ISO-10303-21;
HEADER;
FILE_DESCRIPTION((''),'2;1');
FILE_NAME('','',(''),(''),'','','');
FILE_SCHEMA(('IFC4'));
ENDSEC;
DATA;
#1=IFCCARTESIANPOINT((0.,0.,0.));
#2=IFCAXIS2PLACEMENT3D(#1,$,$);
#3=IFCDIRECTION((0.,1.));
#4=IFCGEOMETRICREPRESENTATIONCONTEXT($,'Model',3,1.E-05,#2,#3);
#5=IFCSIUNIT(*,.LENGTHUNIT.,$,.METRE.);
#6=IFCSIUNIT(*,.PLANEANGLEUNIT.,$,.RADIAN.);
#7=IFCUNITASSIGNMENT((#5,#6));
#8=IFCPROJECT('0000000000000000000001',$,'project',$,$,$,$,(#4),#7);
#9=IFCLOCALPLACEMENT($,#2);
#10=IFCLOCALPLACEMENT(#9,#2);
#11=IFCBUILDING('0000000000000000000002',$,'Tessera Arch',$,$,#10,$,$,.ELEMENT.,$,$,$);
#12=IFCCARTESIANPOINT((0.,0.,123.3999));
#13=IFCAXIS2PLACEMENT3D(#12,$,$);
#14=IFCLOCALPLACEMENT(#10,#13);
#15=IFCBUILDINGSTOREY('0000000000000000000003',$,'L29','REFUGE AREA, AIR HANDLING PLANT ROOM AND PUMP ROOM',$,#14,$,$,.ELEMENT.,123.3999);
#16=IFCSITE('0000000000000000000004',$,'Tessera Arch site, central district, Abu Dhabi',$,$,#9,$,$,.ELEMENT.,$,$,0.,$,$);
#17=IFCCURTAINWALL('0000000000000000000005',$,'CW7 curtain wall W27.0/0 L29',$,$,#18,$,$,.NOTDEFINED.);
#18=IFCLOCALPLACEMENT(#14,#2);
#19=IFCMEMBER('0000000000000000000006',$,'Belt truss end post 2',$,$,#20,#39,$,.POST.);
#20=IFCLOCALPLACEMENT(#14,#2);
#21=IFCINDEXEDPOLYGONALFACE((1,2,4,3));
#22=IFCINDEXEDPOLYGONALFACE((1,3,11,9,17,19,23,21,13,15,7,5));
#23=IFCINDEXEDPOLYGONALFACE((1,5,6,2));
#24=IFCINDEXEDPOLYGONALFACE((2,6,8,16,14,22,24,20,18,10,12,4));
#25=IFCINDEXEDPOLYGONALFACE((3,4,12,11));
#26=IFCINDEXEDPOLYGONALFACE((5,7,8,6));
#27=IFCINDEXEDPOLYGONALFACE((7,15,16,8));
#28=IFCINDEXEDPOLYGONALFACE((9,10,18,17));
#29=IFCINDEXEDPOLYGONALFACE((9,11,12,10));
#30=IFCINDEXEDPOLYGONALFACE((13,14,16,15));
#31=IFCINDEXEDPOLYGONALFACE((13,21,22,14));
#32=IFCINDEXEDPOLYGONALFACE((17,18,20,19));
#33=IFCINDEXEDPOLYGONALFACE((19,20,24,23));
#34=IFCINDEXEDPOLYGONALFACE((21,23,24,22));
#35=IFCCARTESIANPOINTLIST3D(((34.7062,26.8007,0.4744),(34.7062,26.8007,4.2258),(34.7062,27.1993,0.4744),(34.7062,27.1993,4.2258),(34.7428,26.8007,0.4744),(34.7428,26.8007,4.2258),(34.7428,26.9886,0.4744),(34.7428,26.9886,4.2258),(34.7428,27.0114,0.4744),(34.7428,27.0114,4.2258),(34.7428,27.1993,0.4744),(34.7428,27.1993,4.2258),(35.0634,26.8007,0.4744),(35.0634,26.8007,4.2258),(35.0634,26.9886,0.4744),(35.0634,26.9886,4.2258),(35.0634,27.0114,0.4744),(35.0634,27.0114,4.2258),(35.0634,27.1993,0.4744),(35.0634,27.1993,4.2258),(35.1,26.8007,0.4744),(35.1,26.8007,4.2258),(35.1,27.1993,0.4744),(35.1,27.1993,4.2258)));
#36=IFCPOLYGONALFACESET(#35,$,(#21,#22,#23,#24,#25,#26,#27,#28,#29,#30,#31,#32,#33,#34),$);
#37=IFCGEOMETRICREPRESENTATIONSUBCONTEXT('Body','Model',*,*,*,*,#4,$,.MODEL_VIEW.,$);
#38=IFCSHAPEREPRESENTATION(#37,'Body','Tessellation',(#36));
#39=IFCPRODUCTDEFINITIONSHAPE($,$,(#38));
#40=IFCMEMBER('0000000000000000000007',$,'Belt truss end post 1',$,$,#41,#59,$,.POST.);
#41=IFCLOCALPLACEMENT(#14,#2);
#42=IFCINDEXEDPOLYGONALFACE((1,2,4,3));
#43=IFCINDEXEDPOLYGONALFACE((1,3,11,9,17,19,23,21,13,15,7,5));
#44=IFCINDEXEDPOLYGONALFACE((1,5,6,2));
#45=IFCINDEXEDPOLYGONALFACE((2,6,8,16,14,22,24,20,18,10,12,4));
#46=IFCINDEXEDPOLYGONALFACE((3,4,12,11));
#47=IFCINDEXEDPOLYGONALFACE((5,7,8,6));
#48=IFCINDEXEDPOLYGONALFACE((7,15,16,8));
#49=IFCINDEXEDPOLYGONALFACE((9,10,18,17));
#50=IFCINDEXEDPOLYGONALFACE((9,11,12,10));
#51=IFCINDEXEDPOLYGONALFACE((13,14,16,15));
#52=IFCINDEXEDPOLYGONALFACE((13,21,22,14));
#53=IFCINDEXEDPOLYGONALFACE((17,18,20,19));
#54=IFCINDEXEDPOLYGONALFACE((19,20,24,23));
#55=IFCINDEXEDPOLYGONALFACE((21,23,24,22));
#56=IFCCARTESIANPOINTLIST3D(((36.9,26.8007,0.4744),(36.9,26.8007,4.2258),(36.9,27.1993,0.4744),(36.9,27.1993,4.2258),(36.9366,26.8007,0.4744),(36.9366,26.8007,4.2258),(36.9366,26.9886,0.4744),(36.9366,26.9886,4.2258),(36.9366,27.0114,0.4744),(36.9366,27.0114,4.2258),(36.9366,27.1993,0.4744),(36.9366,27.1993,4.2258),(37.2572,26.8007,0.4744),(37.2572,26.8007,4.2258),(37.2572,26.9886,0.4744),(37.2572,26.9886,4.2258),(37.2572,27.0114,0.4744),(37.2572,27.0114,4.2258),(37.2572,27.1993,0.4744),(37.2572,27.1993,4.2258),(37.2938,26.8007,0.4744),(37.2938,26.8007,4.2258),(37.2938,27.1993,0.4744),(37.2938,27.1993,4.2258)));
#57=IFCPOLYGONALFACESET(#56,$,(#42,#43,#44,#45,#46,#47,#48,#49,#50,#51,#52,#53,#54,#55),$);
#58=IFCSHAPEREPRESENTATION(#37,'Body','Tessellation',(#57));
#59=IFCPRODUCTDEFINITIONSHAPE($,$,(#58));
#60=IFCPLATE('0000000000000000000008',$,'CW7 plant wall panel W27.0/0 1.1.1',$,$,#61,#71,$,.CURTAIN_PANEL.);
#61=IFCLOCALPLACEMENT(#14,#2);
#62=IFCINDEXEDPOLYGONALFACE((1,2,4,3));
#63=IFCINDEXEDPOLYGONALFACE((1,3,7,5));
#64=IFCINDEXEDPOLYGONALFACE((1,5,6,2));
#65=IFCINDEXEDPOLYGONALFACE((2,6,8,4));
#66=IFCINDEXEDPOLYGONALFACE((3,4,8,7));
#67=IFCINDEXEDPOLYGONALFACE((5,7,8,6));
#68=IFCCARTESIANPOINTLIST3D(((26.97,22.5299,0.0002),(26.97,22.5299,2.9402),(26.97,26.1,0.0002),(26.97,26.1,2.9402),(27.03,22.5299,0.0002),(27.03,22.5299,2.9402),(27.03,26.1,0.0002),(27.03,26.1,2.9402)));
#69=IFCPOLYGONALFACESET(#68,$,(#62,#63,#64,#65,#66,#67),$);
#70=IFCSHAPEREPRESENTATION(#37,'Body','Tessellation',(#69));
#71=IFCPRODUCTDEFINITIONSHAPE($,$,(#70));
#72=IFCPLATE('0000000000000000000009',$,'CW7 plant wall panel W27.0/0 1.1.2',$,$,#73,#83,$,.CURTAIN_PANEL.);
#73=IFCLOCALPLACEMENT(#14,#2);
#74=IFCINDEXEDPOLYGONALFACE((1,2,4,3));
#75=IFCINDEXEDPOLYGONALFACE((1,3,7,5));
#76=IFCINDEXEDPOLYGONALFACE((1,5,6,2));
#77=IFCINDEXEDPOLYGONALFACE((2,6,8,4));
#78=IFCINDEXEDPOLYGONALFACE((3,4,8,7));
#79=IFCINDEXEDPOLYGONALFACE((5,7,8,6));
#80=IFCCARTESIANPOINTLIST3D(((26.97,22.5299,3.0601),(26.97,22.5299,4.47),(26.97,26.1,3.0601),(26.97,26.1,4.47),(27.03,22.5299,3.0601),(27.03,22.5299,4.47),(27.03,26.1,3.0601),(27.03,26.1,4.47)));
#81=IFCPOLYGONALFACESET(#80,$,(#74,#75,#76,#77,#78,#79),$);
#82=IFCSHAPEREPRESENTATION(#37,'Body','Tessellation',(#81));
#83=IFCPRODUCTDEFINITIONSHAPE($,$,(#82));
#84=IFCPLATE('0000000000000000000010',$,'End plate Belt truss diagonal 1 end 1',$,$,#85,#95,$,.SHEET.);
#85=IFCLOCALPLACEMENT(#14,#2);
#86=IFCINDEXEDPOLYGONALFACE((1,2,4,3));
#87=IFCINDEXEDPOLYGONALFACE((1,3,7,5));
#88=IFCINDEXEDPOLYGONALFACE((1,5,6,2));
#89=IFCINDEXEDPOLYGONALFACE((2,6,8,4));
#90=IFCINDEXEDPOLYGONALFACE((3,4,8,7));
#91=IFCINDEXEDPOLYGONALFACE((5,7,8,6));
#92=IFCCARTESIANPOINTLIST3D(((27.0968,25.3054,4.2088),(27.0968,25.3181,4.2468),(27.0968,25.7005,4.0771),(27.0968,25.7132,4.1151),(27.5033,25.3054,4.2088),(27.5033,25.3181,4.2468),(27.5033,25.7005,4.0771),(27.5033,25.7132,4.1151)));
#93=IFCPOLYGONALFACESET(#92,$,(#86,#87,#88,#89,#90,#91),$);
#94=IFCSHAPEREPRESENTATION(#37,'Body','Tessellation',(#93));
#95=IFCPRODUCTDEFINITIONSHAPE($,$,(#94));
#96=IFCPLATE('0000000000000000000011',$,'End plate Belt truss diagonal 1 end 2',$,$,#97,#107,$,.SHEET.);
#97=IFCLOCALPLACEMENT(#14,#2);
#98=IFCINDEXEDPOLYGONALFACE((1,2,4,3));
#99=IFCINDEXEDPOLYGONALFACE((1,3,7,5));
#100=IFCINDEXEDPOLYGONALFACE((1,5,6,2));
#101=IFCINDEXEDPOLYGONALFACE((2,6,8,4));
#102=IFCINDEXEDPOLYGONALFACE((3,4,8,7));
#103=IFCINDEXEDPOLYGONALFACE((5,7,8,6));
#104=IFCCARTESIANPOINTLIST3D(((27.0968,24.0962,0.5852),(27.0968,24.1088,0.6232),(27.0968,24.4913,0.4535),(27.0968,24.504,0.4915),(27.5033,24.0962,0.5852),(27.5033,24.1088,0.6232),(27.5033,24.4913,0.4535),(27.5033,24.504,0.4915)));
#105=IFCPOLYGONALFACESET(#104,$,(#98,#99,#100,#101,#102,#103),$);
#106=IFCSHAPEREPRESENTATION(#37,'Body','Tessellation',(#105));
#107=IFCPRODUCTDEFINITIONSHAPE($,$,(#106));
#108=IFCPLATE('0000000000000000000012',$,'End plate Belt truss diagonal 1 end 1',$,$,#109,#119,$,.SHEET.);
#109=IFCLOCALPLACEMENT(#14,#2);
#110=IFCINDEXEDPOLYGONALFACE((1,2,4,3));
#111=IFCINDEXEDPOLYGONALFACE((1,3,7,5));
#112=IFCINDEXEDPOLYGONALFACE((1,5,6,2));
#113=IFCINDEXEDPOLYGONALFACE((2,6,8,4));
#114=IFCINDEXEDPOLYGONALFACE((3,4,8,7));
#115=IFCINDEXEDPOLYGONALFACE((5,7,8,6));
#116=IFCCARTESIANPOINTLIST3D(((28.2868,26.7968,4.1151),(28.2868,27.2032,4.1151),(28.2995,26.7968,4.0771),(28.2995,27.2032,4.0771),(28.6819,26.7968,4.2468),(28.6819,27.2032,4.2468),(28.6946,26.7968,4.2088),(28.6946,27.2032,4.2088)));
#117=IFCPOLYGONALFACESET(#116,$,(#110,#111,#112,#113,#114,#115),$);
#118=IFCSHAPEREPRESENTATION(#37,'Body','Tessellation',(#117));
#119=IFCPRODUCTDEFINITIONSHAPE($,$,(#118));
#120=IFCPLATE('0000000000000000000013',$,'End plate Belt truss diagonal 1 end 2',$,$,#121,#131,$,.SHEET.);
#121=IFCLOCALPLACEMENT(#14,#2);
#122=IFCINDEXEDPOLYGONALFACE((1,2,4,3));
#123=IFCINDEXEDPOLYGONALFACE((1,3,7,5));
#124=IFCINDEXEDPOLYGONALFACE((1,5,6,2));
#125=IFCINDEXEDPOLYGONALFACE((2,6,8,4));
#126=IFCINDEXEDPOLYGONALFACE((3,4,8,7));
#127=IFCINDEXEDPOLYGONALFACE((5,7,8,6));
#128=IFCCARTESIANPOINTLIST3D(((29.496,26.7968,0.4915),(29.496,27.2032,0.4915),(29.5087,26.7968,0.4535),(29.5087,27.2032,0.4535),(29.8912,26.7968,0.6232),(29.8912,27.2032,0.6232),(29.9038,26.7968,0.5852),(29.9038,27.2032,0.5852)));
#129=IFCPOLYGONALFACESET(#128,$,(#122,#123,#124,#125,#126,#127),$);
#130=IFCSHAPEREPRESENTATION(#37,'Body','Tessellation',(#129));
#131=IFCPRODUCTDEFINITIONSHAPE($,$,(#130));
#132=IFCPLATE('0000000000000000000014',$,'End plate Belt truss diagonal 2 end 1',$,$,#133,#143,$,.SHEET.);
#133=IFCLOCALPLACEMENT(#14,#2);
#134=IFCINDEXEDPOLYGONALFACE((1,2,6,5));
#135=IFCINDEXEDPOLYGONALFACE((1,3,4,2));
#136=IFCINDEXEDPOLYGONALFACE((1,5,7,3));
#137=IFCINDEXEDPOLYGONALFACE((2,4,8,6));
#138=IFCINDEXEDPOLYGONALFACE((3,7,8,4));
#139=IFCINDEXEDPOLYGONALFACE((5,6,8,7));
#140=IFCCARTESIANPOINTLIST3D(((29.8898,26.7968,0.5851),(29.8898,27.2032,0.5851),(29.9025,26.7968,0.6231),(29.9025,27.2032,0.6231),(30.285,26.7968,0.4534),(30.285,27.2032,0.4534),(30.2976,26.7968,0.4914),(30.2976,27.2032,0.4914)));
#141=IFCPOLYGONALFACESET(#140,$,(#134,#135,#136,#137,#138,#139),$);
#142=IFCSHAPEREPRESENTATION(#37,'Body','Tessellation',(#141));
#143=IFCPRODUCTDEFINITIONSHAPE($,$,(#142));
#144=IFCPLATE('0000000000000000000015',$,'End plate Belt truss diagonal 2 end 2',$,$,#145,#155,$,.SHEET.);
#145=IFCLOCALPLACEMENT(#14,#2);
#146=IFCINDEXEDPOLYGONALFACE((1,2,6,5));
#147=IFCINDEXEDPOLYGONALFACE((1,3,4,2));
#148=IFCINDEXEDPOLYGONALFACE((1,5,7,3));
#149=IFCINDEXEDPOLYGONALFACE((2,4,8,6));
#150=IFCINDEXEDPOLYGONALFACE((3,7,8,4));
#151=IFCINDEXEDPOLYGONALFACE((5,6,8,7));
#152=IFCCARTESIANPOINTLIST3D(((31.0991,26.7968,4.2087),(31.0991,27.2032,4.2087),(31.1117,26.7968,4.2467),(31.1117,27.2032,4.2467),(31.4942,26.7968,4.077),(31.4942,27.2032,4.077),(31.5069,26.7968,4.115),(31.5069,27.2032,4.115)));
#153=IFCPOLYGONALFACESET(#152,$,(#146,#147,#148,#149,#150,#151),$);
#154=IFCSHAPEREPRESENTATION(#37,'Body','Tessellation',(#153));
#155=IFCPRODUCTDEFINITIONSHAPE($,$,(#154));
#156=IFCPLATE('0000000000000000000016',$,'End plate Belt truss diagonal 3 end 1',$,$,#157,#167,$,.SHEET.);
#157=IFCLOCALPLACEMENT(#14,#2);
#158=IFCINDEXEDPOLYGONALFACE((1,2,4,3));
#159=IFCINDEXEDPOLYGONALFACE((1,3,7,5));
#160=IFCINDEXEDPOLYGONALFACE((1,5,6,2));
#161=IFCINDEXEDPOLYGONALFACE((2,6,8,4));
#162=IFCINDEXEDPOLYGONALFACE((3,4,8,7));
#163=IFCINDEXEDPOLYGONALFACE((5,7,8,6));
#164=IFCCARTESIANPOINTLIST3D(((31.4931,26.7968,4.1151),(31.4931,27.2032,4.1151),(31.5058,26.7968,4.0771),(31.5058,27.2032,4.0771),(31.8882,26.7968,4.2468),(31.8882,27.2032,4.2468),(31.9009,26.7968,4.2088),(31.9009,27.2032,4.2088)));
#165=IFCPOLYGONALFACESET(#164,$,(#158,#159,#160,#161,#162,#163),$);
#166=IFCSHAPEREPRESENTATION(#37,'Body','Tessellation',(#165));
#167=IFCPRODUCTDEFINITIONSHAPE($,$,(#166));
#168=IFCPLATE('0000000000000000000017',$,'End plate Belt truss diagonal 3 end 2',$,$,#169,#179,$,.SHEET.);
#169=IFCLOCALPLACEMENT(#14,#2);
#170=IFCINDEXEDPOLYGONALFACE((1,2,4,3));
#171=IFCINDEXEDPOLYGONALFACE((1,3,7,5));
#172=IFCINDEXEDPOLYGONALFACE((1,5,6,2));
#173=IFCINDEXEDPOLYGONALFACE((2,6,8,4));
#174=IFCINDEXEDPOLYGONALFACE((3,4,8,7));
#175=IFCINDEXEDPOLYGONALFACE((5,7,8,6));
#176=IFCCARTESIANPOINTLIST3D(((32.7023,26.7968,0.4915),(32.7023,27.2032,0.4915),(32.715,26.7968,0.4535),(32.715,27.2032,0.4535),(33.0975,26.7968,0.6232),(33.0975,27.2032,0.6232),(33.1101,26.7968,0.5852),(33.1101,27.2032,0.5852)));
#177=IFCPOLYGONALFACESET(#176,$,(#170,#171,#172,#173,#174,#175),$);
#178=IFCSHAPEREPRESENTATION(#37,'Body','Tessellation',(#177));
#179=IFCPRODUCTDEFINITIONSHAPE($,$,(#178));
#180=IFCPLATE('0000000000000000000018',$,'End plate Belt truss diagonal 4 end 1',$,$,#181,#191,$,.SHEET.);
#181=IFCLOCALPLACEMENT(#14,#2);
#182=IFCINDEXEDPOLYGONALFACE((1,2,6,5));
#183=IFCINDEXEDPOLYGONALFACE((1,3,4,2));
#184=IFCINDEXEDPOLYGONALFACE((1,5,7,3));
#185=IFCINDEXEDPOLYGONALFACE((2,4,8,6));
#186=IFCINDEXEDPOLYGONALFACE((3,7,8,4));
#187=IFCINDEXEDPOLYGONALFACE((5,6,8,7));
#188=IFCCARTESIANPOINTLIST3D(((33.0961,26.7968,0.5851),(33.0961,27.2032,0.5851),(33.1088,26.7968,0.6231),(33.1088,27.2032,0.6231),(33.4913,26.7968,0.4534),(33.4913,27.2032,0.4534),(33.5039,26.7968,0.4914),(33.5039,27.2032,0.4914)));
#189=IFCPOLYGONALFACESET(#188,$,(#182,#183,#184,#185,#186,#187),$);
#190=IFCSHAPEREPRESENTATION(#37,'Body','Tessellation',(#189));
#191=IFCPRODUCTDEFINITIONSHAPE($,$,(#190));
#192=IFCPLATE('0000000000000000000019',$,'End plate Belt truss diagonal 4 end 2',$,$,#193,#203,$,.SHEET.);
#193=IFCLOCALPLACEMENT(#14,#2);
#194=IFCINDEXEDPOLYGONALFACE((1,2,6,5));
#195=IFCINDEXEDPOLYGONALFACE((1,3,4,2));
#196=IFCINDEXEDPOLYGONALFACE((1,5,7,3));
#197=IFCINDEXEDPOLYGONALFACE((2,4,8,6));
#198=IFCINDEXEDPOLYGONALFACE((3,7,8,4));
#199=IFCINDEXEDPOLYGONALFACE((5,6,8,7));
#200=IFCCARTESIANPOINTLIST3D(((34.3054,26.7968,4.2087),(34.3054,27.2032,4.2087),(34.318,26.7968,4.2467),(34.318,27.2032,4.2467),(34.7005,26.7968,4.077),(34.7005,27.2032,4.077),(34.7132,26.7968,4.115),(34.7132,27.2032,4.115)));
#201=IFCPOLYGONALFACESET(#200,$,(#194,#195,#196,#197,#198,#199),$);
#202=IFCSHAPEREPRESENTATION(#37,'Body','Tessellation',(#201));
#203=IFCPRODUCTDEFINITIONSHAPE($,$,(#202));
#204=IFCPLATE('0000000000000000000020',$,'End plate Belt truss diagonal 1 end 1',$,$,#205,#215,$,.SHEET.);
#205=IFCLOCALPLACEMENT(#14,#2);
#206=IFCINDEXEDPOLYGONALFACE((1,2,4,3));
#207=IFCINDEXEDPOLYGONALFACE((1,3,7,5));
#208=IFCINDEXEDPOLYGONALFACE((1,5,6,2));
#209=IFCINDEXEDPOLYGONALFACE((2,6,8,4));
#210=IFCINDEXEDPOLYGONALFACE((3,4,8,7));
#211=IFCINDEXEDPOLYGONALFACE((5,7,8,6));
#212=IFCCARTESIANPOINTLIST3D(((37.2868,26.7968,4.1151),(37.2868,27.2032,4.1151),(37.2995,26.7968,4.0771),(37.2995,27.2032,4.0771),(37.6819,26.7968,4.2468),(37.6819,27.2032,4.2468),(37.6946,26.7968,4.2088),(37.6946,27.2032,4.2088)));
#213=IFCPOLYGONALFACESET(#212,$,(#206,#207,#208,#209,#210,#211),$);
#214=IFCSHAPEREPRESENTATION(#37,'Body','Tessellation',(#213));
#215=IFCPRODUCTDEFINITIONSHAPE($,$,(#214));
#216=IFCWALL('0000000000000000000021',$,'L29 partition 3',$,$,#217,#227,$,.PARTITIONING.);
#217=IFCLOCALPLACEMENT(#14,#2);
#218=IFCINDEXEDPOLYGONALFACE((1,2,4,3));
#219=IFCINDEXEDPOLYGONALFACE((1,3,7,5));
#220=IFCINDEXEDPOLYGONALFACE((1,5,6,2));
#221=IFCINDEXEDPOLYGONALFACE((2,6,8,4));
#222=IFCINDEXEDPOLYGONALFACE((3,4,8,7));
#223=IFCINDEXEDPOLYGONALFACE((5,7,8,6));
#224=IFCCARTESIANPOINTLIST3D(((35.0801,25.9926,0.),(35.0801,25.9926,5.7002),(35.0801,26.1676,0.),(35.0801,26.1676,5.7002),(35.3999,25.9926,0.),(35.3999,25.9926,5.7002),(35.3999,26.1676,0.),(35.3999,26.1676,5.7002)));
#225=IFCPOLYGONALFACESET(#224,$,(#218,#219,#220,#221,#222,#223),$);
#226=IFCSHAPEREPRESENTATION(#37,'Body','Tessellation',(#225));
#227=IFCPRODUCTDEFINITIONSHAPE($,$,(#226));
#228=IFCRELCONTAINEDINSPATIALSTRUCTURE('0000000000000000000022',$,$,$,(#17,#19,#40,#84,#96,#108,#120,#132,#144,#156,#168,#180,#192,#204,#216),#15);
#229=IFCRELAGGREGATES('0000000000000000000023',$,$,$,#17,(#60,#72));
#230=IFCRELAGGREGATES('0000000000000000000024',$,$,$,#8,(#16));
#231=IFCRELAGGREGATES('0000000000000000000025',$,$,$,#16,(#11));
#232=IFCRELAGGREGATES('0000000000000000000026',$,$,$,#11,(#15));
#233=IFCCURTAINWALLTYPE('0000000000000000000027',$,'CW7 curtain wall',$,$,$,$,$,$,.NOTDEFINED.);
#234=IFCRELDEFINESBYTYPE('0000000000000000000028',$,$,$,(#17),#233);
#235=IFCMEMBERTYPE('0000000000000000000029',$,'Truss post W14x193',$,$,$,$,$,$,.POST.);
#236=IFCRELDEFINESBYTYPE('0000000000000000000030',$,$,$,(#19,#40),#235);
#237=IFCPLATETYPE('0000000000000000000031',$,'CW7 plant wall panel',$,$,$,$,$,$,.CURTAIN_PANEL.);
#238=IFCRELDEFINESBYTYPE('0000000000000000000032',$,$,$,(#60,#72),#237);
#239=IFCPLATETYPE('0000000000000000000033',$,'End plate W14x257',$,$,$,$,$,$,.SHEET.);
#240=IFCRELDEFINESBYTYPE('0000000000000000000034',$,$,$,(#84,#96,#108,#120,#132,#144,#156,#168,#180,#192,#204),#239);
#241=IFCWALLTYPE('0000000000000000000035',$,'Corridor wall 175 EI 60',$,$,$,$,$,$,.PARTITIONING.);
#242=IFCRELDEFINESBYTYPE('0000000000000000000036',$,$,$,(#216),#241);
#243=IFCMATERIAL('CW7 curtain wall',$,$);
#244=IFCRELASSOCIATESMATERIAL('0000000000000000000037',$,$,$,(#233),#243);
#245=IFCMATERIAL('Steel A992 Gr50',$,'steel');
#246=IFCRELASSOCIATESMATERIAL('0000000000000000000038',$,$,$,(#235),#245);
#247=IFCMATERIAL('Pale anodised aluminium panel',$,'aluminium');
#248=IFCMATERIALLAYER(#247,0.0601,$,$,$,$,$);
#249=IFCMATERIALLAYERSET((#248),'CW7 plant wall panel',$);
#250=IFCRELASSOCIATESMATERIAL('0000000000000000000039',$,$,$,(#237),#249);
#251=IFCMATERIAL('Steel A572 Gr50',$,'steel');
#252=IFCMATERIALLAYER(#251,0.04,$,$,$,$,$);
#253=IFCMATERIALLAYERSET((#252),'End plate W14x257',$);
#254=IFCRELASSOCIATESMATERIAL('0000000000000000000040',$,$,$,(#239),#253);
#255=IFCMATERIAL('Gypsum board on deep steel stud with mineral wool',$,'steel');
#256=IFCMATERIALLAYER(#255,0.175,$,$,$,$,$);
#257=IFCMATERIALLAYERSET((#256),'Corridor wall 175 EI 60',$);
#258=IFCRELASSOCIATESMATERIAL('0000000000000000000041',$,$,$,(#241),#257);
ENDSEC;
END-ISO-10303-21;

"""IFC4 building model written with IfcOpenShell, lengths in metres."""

from ifc_helpers import new_model, si_unit, direction, frame, frame_2d, origin, origin_2d, place, context, subcontext, project, spatial, rectangle, i_section, extrude, material, layer, layer_set, material_profile, profile_set, type_object, element, aggregate, save


model = new_model("IFC4")

# Units and contexts
model_context = context("Model", 3, precision=1e-05, world=origin(), true_north=direction((0.0, 1.0)))
body_context = subcontext(model_context, "Body", "Model", "MODEL_VIEW")
ifc_project = project(units=[si_unit("LENGTHUNIT", "METRE"), si_unit("PLANEANGLEUNIT", "RADIAN")], contexts=[model_context])

# Site, building, storey
site_placement = place(None, origin())
site = spatial("IfcSite", under=ifc_project, at=site_placement, Name="Tessera Arch site, central district, Abu Dhabi", CompositionType="ELEMENT", RefElevation=0.0)
building_placement = place(site_placement, origin())
building = spatial("IfcBuilding", under=site, at=building_placement, Name="Tessera Arch", CompositionType="ELEMENT")
storey_placement = place(building_placement, frame((0.0, 0.0, 123.3999)))
storey = spatial("IfcBuildingStorey", under=building, at=storey_placement, Name="L29", Description="REFUGE AREA, AIR HANDLING PLANT ROOM AND PUMP ROOM", CompositionType="ELEMENT", Elevation=123.3999)

# Curtain wall
ifc_material_1 = material(Name="CW7 curtain wall")
curtain_wall_type = type_object("IfcCurtainWallType", Name="CW7 curtain wall", PredefinedType="NOTDEFINED", material=ifc_material_1)
curtain_wall_placement = place(storey_placement, origin())
curtain_wall = element("IfcCurtainWall", 1, at=curtain_wall_placement, inside=storey, type_object=curtain_wall_type, Name="CW7 curtain wall W27.0/0 L29", PredefinedType="NOTDEFINED")

# Members
ifc_material_2 = material(Name="Steel A992 Gr50", Category="steel")
ifc_material_profile_1 = material_profile(ifc_material_2, i_section(OverallWidth=0.3987, OverallDepth=0.3938, WebThickness=0.0227, FlangeThickness=0.0366, at=origin_2d()), Name="W14x193")
ifc_profile_set_1 = profile_set([ifc_material_profile_1], Name="Steel A992 Gr50")
member_type_1 = type_object("IfcMemberType", Name="Truss post W14x193", PredefinedType="POST", material=ifc_profile_set_1)
for number, where, z_axis, x_axis, name in (
    (2, (34.9031, 27.0, 0.4744), (0.0, 0.0, 1.0), (0.0, 1.0, 0.0), "Belt truss end post 2"),
    (3, (37.0969, 27.0, 0.4744), (0.0, 0.0, 1.0), (0.0, 1.0, 0.0), "Belt truss end post 1"),
):
    element("IfcMember", number, at=place(storey_placement, frame(where, z_axis=z_axis, x_axis=x_axis)), inside=storey, type_object=member_type_1, Name=name, PredefinedType="POST", context=body_context, shape_type="SweptSolid", body=[
        extrude(i_section(OverallWidth=0.3987, OverallDepth=0.3938, WebThickness=0.0227, FlangeThickness=0.0366, at=origin_2d()), origin(), (0.0, 0.0, 1.0), 3.7515),
    ])

# Plates
ifc_material_3 = material(Name="Pale anodised aluminium panel", Category="aluminium")
ifc_layer_1 = layer(ifc_material_3, 0.0601)
ifc_layer_set_1 = layer_set([ifc_layer_1], Name="CW7 plant wall panel")
plate_type_1 = type_object("IfcPlateType", Name="CW7 plant wall panel", PredefinedType="CURTAIN_PANEL", material=ifc_layer_set_1)
plate_1_placement = place(storey_placement, frame((27.0, 24.3149, 0.0002), z_axis=(0.0, 0.0, 1.0), x_axis=(0.0, -1.0, 0.0)))
plate_1 = element("IfcPlate", 4, at=plate_1_placement, type_object=plate_type_1, Name="CW7 plant wall panel W27.0/0 1.1.1", PredefinedType="CURTAIN_PANEL", context=body_context, shape_type="SweptSolid", body=[
    extrude(rectangle(XDim=3.5701, YDim=0.0601, at=origin_2d()), origin(), (0.0, 0.0, 1.0), 2.9399),
])
plate_2_placement = place(storey_placement, frame((27.0, 24.3149, 3.0601), z_axis=(0.0, 0.0, 1.0), x_axis=(0.0, -1.0, 0.0)))
plate_2 = element("IfcPlate", 5, at=plate_2_placement, type_object=plate_type_1, Name="CW7 plant wall panel W27.0/0 1.1.2", PredefinedType="CURTAIN_PANEL", context=body_context, shape_type="SweptSolid", body=[
    extrude(rectangle(XDim=3.5701, YDim=0.0601, at=origin_2d()), origin(), (0.0, 0.0, 1.0), 1.4099),
])
aggregate(curtain_wall, [plate_1, plate_2])

# Plates
ifc_material_4 = material(Name="Steel A572 Gr50", Category="steel")
ifc_layer_2 = layer(ifc_material_4, 0.04)
ifc_layer_set_2 = layer_set([ifc_layer_2], Name="End plate W14x257")
plate_type_2 = type_object("IfcPlateType", Name="End plate W14x257", PredefinedType="SHEET", material=ifc_layer_set_2)
for number, where, z_axis, x_axis, name in (
    (6, (27.3, 25.5156, 4.1809), (0.0, -0.316228, -0.948683), (1.0, 0.0, 0.0), "End plate Belt truss diagonal 1 end 1"),
    (7, (27.3, 24.3064, 0.5574), (0.0, -0.316228, -0.948683), (1.0, 0.0, 0.0), "End plate Belt truss diagonal 1 end 2"),
    (8, (28.4844, 27.0, 4.1809), (0.316228, 0.0, -0.948683), (0.0, 1.0, 0.0), "End plate Belt truss diagonal 1 end 1"),
    (9, (29.6936, 27.0, 0.5574), (0.316228, 0.0, -0.948683), (0.0, 1.0, 0.0), "End plate Belt truss diagonal 1 end 2"),
    (10, (30.0874, 27.0, 0.5193), (0.316228, 0.0, 0.948683), (0.0, 1.0, 0.0), "End plate Belt truss diagonal 2 end 1"),
    (11, (31.2966, 27.0, 4.1428), (0.316228, 0.0, 0.948683), (0.0, 1.0, 0.0), "End plate Belt truss diagonal 2 end 2"),
    (12, (31.6907, 27.0, 4.1809), (0.316228, 0.0, -0.948683), (0.0, 1.0, 0.0), "End plate Belt truss diagonal 3 end 1"),
    (13, (32.8999, 27.0, 0.5574), (0.316228, 0.0, -0.948683), (0.0, 1.0, 0.0), "End plate Belt truss diagonal 3 end 2"),
    (14, (33.2937, 27.0, 0.5193), (0.316228, 0.0, 0.948683), (0.0, 1.0, 0.0), "End plate Belt truss diagonal 4 end 1"),
    (15, (34.5029, 27.0, 4.1428), (0.316228, 0.0, 0.948683), (0.0, 1.0, 0.0), "End plate Belt truss diagonal 4 end 2"),
    (16, (37.4844, 27.0, 4.1809), (0.316228, 0.0, -0.948683), (0.0, 1.0, 0.0), "End plate Belt truss diagonal 1 end 1"),
):
    element("IfcPlate", number, at=place(storey_placement, frame(where, z_axis=z_axis, x_axis=x_axis)), inside=storey, type_object=plate_type_2, Name=name, PredefinedType="SHEET", context=body_context, shape_type="SweptSolid", body=[
        extrude(rectangle(XDim=0.4065, YDim=0.4165, at=origin_2d()), origin(), (0.0, 0.0, 1.0), 0.04),
    ])

# Wall
ifc_material_5 = material(Name="Gypsum board on deep steel stud with mineral wool", Category="steel")
ifc_layer_3 = layer(ifc_material_5, 0.175)
ifc_layer_set_3 = layer_set([ifc_layer_3], Name="Corridor wall 175 EI 60")
wall_type = type_object("IfcWallType", Name="Corridor wall 175 EI 60", PredefinedType="PARTITIONING", material=ifc_layer_set_3)
wall_1_placement = place(storey_placement, frame((35.0801, 26.0801, 0.0), z_axis=(0.0, 0.0, 1.0), x_axis=(1.0, 0.0, 0.0)))
element("IfcWall", 17, at=wall_1_placement, inside=storey, type_object=wall_type, Name="L29 partition 3", PredefinedType="PARTITIONING", context=body_context, shape_type="SweptSolid", body=[
    extrude(rectangle(XDim=0.3198, YDim=0.175, at=frame_2d((0.1599, 0.0))), origin(), (0.0, 0.0, 1.0), 5.7002),
])

save(model, "model.ifc")
